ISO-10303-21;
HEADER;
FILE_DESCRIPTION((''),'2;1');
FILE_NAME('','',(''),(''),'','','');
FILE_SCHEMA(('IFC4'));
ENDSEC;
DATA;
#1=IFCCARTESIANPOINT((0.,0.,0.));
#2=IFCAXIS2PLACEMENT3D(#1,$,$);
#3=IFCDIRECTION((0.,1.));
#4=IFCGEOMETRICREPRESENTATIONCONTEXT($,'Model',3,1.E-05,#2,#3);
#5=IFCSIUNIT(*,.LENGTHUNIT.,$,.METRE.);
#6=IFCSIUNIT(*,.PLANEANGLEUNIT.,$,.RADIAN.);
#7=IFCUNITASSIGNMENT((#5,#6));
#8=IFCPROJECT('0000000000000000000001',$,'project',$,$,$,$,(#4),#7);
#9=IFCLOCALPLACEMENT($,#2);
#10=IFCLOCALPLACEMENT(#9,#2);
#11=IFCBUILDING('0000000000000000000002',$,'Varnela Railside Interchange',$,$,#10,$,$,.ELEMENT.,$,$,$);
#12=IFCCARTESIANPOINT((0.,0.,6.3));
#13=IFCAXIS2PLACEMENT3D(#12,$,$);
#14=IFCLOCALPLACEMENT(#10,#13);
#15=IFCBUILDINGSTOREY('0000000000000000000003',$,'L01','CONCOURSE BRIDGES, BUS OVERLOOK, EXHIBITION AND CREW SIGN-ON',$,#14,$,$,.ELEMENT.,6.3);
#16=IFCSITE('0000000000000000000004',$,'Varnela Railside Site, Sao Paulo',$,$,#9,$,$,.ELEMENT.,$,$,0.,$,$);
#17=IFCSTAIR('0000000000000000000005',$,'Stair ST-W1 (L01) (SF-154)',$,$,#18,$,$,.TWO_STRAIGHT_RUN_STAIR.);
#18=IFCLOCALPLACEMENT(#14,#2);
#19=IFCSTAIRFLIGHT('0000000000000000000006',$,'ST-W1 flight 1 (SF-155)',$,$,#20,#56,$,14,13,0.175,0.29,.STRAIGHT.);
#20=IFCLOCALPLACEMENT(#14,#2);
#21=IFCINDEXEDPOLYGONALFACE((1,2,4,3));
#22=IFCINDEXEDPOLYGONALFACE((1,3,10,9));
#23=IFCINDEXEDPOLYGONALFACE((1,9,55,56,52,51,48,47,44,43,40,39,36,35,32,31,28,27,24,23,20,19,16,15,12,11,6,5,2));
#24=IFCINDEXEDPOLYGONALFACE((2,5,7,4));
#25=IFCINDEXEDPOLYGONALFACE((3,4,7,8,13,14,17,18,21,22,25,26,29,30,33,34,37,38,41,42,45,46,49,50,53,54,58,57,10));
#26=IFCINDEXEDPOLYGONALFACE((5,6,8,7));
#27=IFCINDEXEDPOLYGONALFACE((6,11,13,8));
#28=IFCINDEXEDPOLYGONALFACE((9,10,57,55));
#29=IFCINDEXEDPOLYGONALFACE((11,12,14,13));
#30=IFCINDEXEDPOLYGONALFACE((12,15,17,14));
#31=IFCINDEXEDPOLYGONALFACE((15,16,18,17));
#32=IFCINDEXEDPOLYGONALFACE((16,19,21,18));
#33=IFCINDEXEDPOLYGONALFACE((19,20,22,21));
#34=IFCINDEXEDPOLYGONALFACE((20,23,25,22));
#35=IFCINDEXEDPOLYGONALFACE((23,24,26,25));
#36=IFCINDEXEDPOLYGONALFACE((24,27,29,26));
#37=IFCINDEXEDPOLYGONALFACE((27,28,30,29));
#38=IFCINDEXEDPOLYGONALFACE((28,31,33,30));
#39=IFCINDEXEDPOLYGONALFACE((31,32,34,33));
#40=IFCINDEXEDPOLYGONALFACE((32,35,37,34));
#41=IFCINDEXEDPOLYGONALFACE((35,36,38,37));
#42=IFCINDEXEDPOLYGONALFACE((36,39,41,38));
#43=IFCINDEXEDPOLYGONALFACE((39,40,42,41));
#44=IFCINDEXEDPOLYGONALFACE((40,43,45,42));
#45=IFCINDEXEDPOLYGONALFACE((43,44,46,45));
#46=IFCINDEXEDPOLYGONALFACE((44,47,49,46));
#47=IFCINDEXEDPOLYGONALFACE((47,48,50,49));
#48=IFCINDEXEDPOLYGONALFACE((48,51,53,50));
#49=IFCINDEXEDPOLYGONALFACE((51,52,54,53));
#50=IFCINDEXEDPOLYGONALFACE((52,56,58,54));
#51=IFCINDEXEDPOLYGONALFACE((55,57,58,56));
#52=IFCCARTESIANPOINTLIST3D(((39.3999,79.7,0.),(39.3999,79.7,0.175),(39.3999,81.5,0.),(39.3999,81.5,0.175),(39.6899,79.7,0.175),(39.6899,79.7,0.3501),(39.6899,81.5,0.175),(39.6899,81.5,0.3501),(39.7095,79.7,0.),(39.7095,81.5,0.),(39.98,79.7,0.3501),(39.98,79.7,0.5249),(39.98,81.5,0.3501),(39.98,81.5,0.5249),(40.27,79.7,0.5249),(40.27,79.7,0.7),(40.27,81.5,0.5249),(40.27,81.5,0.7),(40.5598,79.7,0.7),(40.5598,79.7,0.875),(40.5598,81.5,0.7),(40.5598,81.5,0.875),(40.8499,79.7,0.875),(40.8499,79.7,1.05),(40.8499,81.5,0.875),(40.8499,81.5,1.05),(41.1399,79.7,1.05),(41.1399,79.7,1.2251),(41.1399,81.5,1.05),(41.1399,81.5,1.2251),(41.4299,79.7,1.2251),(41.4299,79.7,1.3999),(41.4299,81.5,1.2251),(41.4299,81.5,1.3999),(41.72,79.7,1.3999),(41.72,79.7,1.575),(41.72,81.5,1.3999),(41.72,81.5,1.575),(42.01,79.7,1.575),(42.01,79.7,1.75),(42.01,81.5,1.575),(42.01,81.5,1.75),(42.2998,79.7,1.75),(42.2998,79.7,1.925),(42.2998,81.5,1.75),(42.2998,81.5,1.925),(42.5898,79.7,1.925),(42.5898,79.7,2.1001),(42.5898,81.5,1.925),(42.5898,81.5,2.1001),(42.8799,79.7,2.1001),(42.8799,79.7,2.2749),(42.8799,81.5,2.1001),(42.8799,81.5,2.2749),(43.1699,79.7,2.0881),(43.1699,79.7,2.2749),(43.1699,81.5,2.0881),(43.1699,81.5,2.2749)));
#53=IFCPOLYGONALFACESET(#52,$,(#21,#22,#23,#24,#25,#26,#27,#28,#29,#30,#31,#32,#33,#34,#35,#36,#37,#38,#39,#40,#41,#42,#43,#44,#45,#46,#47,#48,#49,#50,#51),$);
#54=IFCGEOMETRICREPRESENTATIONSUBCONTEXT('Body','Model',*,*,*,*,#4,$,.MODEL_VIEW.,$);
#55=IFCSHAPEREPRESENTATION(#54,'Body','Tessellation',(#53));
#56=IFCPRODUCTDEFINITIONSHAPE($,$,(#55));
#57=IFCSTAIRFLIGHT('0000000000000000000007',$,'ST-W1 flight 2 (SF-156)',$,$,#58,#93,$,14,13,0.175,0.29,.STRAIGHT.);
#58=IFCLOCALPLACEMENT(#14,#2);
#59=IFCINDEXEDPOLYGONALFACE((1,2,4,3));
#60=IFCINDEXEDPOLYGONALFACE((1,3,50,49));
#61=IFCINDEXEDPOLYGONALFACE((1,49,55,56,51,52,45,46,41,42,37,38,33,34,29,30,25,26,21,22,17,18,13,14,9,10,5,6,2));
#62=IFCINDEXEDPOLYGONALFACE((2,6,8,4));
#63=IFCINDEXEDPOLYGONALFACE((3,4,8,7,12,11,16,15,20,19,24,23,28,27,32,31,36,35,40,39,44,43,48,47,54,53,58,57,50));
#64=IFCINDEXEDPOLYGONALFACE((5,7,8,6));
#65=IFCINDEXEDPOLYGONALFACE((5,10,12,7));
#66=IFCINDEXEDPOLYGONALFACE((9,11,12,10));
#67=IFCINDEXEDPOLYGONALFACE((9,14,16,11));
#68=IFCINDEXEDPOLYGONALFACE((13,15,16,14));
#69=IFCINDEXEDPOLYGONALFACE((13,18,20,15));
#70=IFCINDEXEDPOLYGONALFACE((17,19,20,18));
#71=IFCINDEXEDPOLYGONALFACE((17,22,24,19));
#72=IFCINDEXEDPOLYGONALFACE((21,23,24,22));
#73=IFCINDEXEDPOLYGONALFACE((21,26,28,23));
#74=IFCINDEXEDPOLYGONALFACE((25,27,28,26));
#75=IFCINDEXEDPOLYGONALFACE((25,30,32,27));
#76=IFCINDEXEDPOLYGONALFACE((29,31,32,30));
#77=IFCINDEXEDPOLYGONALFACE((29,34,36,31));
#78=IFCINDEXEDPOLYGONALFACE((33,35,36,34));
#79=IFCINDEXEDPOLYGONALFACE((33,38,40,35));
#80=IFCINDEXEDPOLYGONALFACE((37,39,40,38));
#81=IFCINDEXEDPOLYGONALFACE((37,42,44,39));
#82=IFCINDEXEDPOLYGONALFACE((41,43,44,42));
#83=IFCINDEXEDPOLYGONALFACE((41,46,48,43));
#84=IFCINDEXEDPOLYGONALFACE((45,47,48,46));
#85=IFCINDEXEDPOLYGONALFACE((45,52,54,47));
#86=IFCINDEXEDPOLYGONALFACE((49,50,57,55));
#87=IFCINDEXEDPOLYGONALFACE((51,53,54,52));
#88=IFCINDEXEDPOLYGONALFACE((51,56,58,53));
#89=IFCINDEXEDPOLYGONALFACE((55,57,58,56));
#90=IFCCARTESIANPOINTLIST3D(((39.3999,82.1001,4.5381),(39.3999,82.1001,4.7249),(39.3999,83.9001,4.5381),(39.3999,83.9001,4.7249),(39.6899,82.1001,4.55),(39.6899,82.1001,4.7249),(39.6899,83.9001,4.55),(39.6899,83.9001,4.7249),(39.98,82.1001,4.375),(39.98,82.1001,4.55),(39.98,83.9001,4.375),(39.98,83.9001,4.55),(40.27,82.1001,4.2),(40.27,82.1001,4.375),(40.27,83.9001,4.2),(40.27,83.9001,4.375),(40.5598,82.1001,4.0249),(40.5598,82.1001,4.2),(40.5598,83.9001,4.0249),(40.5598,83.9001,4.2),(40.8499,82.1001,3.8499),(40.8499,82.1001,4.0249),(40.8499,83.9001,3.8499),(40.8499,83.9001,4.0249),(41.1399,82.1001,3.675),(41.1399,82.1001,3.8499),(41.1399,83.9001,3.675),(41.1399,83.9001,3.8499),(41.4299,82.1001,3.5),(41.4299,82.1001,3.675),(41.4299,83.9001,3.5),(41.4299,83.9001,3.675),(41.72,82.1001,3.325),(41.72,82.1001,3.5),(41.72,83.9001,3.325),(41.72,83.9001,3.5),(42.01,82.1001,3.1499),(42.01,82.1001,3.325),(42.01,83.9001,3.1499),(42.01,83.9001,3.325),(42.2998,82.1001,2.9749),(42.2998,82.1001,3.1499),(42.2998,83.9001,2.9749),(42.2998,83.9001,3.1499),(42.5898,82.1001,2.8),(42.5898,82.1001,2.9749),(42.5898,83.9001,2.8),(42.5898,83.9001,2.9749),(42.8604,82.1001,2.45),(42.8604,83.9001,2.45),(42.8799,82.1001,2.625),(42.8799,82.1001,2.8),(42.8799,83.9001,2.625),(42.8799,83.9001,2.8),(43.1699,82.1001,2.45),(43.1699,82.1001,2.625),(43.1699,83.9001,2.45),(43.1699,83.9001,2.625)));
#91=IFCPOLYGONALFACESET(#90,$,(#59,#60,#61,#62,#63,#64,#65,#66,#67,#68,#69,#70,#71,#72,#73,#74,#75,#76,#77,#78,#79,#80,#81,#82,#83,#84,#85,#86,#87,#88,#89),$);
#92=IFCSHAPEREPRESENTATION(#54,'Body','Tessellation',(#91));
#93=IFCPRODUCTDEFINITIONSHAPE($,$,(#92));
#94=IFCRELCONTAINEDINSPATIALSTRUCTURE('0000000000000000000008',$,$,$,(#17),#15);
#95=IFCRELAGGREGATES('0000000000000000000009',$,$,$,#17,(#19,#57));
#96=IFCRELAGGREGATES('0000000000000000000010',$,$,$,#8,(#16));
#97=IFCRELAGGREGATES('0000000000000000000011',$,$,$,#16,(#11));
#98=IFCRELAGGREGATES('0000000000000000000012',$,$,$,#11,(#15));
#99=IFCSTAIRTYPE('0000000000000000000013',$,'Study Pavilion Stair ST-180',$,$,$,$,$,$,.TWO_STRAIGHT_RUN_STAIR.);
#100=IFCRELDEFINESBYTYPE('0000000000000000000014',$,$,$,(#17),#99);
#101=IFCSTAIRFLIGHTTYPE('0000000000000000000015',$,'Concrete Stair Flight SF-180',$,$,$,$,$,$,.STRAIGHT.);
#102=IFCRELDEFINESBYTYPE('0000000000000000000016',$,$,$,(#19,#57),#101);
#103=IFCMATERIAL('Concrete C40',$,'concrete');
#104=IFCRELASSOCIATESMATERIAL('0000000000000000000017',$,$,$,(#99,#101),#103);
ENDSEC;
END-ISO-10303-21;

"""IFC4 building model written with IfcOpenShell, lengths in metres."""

from ifc_helpers import new_model, si_unit, direction, frame, origin, place, context, subcontext, project, spatial, polyline, outline, extrude, material, type_object, element, aggregate, save


model = new_model("IFC4")

# Units and contexts
model_context = context("Model", 3, precision=1e-05, world=origin(), true_north=direction((0.0, 1.0)))
body_context = subcontext(model_context, "Body", "Model", "MODEL_VIEW")
ifc_project = project(units=[si_unit("LENGTHUNIT", "METRE"), si_unit("PLANEANGLEUNIT", "RADIAN")], contexts=[model_context])

# Site, building, storey
site_placement = place(None, origin())
site = spatial("IfcSite", under=ifc_project, at=site_placement, Name="Varnela Railside Site, Sao Paulo", CompositionType="ELEMENT", RefElevation=0.0)
building_placement = place(site_placement, origin())
building = spatial("IfcBuilding", under=site, at=building_placement, Name="Varnela Railside Interchange", CompositionType="ELEMENT")
storey_placement = place(building_placement, frame((0.0, 0.0, 6.3)))
storey = spatial("IfcBuildingStorey", under=building, at=storey_placement, Name="L01", Description="CONCOURSE BRIDGES, BUS OVERLOOK, EXHIBITION AND CREW SIGN-ON", CompositionType="ELEMENT", Elevation=6.3)

# Shared definitions
ifc_material_1 = material(Name="Concrete C40", Category="concrete")

# Stair, stair flights
stair_type = type_object("IfcStairType", Name="Study Pavilion Stair ST-180", PredefinedType="TWO_STRAIGHT_RUN_STAIR", material=ifc_material_1)
stair_placement = place(storey_placement, origin())
stair = element("IfcStair", 1, at=stair_placement, inside=storey, type_object=stair_type, Name="Stair ST-W1 (L01) (SF-154)", PredefinedType="TWO_STRAIGHT_RUN_STAIR")
stair_flight_type = type_object("IfcStairFlightType", Name="Concrete Stair Flight SF-180", PredefinedType="STRAIGHT", material=ifc_material_1)
stair_flight_1_placement = place(storey_placement, frame((39.3999, 80.6001, 0.0), z_axis=(0.0, 0.0, 1.0), x_axis=(1.0, 0.0, 0.0)))
stair_flight_1 = element("IfcStairFlight", 2, at=stair_flight_1_placement, type_object=stair_flight_type, Name="ST-W1 flight 1 (SF-155)", NumberOfRisers=14, NumberOfTreads=13, PredefinedType="STRAIGHT", RiserHeight=0.175, TreadLength=0.29, context=body_context, shape_type="SweptSolid", body=[
    extrude(outline(polyline([(0.0, 0.0), (0.0, 0.175), (0.29, 0.175), (0.29, 0.3501), (0.5801, 0.3501), (0.5801, 0.5249), (0.8701, 0.5249), (0.8701, 0.7), (1.1599, 0.7), (1.1599, 0.875), (1.45, 0.875), (1.45, 1.05), (1.74, 1.05), (1.74, 1.2251), (2.03, 1.2251), (2.03, 1.3999), (2.3201, 1.3999), (2.3201, 1.575), (2.6101, 1.575), (2.6101, 1.75), (2.8999, 1.75), (2.8999, 1.925), (3.1899, 1.925), (3.1899, 2.1001), (3.48, 2.1001), (3.48, 2.2749), (3.77, 2.2749), (3.77, 2.45), (3.77, 2.0881), (0.3096, 0.0), (0.0, 0.0)])), frame((0.0, 0.8999, 0.0), z_axis=(0.0, -1.0, 0.0), x_axis=(1.0, 0.0, 0.0)), (0.0, 0.0, 1.0), 1.8),
])
stair_flight_2_placement = place(storey_placement, frame((43.1699, 83.0, 2.45), z_axis=(0.0, 0.0, 1.0), x_axis=(-1.0, 0.0, 0.0)))
stair_flight_2 = element("IfcStairFlight", 3, at=stair_flight_2_placement, type_object=stair_flight_type, Name="ST-W1 flight 2 (SF-156)", NumberOfRisers=14, NumberOfTreads=13, PredefinedType="STRAIGHT", RiserHeight=0.175, TreadLength=0.29, context=body_context, shape_type="SweptSolid", body=[
    extrude(outline(polyline([(0.0, 0.0), (0.0, 0.175), (0.29, 0.175), (0.29, 0.3501), (0.5801, 0.3501), (0.5801, 0.5249), (0.8701, 0.5249), (0.8701, 0.7), (1.1599, 0.7), (1.1599, 0.875), (1.45, 0.875), (1.45, 1.05), (1.74, 1.05), (1.74, 1.2251), (2.03, 1.2251), (2.03, 1.3999), (2.3201, 1.3999), (2.3201, 1.575), (2.6101, 1.575), (2.6101, 1.75), (2.8999, 1.75), (2.8999, 1.925), (3.1899, 1.925), (3.1899, 2.1001), (3.48, 2.1001), (3.48, 2.2749), (3.77, 2.2749), (3.77, 2.45), (3.77, 2.0881), (0.3096, 0.0), (0.0, 0.0)])), frame((0.0, 0.8999, 0.0), z_axis=(0.0, -1.0, 0.0), x_axis=(1.0, 0.0, 0.0)), (0.0, 0.0, 1.0), 1.8),
])
aggregate(stair, [stair_flight_1, stair_flight_2])

save(model, "model.ifc")
